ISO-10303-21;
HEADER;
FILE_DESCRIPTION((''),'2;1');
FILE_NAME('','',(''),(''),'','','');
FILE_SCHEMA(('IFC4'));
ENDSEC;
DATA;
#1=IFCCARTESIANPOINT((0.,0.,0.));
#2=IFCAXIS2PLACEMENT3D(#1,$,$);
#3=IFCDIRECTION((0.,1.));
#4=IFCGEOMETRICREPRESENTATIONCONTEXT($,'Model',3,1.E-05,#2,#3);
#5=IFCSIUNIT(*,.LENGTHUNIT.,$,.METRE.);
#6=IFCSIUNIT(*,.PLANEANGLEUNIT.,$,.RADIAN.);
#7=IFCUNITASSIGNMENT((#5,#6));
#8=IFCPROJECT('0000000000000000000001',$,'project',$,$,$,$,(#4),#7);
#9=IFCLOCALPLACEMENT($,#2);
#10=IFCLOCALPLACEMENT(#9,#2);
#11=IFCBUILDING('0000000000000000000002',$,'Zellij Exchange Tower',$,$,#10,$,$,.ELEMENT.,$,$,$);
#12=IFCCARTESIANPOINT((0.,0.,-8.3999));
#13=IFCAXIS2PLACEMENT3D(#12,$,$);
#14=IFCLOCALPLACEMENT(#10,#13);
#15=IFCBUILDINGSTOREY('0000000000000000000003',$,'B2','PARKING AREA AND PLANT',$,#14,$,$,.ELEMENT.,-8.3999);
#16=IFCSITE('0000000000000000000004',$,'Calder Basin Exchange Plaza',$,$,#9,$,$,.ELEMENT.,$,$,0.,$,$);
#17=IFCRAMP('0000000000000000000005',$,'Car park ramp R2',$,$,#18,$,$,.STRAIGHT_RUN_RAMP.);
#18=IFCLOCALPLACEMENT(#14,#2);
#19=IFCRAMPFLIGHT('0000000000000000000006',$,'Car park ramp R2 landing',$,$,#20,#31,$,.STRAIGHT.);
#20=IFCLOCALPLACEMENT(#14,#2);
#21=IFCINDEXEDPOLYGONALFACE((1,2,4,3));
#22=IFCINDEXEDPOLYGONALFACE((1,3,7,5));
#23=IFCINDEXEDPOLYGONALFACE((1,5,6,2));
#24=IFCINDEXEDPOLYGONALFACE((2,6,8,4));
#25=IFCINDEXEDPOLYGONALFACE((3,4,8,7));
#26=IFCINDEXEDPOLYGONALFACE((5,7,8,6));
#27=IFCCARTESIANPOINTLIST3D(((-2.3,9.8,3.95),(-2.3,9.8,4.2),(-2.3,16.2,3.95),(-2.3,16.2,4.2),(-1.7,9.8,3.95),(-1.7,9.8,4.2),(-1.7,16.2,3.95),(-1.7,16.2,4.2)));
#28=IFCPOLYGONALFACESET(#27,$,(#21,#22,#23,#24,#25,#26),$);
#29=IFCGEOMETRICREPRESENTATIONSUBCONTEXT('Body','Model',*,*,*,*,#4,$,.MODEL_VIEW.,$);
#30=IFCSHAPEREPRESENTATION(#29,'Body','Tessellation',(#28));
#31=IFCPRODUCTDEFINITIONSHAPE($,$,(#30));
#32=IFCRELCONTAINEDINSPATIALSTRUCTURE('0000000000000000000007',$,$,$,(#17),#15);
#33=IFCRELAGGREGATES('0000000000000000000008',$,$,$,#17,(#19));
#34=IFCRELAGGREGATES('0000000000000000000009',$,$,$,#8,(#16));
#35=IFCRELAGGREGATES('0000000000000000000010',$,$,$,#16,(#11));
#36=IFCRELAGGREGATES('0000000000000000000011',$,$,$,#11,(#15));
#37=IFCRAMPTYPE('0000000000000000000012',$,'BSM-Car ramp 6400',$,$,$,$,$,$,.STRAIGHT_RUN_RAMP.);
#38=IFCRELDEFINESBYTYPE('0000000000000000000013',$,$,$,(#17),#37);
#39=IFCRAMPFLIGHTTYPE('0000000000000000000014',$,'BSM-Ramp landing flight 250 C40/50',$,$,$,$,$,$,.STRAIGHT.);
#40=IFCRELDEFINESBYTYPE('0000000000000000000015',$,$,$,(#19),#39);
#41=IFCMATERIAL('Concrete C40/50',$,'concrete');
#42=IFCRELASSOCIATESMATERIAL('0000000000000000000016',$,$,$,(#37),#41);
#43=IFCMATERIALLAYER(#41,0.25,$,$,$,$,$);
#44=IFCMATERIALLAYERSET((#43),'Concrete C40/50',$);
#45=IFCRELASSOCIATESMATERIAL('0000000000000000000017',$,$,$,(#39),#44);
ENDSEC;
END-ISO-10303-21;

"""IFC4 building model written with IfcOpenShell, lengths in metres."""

from ifc_helpers import new_model, si_unit, direction, frame, origin, place, context, subcontext, project, spatial, polyline, outline, extrude, material, layer, layer_set, type_object, element, aggregate, save


model = new_model("IFC4")

# Units and contexts
model_context = context("Model", 3, precision=1e-05, world=origin(), true_north=direction((0.0, 1.0)))
body_context = subcontext(model_context, "Body", "Model", "MODEL_VIEW")
ifc_project = project(units=[si_unit("LENGTHUNIT", "METRE"), si_unit("PLANEANGLEUNIT", "RADIAN")], contexts=[model_context])

# Site, building, storey
site_placement = place(None, origin())
site = spatial("IfcSite", under=ifc_project, at=site_placement, Name="Calder Basin Exchange Plaza", CompositionType="ELEMENT", RefElevation=0.0)
building_placement = place(site_placement, origin())
building = spatial("IfcBuilding", under=site, at=building_placement, Name="Zellij Exchange Tower", CompositionType="ELEMENT")
storey_placement = place(building_placement, frame((0.0, 0.0, -8.3999)))
storey = spatial("IfcBuildingStorey", under=building, at=storey_placement, Name="B2", Description="PARKING AREA AND PLANT", CompositionType="ELEMENT", Elevation=-8.3999)

# Shared definitions
ifc_material_1 = material(Name="Concrete C40/50", Category="concrete")

# Ramp
ramp_type = type_object("IfcRampType", Name="BSM-Car ramp 6400", PredefinedType="STRAIGHT_RUN_RAMP", material=ifc_material_1)
ramp_placement = place(storey_placement, origin())
ramp = element("IfcRamp", 1, at=ramp_placement, inside=storey, type_object=ramp_type, Name="Car park ramp R2", PredefinedType="STRAIGHT_RUN_RAMP")

# Ramp flight
ifc_layer_1 = layer(ifc_material_1, 0.25)
ifc_layer_set_1 = layer_set([ifc_layer_1], Name="Concrete C40/50")
ramp_flight_type = type_object("IfcRampFlightType", Name="BSM-Ramp landing flight 250 C40/50", PredefinedType="STRAIGHT", material=ifc_layer_set_1)
ramp_flight_placement = place(storey_placement, frame((-2.3, 9.8, 4.2), z_axis=(0.0, 0.0, 1.0), x_axis=(1.0, 0.0, 0.0)))
ramp_flight = element("IfcRampFlight", 2, at=ramp_flight_placement, type_object=ramp_flight_type, Name="Car park ramp R2 landing", PredefinedType="STRAIGHT", context=body_context, shape_type="SweptSolid", body=[
    extrude(outline(polyline([(0.0, 0.0), (0.6001, 0.0), (0.6001, 6.3999), (0.0, 6.3999), (0.0, 0.0)])), origin(), (0.0, 0.0, -1.0), 0.25),
])
aggregate(ramp, [ramp_flight])

save(model, "model.ifc")
